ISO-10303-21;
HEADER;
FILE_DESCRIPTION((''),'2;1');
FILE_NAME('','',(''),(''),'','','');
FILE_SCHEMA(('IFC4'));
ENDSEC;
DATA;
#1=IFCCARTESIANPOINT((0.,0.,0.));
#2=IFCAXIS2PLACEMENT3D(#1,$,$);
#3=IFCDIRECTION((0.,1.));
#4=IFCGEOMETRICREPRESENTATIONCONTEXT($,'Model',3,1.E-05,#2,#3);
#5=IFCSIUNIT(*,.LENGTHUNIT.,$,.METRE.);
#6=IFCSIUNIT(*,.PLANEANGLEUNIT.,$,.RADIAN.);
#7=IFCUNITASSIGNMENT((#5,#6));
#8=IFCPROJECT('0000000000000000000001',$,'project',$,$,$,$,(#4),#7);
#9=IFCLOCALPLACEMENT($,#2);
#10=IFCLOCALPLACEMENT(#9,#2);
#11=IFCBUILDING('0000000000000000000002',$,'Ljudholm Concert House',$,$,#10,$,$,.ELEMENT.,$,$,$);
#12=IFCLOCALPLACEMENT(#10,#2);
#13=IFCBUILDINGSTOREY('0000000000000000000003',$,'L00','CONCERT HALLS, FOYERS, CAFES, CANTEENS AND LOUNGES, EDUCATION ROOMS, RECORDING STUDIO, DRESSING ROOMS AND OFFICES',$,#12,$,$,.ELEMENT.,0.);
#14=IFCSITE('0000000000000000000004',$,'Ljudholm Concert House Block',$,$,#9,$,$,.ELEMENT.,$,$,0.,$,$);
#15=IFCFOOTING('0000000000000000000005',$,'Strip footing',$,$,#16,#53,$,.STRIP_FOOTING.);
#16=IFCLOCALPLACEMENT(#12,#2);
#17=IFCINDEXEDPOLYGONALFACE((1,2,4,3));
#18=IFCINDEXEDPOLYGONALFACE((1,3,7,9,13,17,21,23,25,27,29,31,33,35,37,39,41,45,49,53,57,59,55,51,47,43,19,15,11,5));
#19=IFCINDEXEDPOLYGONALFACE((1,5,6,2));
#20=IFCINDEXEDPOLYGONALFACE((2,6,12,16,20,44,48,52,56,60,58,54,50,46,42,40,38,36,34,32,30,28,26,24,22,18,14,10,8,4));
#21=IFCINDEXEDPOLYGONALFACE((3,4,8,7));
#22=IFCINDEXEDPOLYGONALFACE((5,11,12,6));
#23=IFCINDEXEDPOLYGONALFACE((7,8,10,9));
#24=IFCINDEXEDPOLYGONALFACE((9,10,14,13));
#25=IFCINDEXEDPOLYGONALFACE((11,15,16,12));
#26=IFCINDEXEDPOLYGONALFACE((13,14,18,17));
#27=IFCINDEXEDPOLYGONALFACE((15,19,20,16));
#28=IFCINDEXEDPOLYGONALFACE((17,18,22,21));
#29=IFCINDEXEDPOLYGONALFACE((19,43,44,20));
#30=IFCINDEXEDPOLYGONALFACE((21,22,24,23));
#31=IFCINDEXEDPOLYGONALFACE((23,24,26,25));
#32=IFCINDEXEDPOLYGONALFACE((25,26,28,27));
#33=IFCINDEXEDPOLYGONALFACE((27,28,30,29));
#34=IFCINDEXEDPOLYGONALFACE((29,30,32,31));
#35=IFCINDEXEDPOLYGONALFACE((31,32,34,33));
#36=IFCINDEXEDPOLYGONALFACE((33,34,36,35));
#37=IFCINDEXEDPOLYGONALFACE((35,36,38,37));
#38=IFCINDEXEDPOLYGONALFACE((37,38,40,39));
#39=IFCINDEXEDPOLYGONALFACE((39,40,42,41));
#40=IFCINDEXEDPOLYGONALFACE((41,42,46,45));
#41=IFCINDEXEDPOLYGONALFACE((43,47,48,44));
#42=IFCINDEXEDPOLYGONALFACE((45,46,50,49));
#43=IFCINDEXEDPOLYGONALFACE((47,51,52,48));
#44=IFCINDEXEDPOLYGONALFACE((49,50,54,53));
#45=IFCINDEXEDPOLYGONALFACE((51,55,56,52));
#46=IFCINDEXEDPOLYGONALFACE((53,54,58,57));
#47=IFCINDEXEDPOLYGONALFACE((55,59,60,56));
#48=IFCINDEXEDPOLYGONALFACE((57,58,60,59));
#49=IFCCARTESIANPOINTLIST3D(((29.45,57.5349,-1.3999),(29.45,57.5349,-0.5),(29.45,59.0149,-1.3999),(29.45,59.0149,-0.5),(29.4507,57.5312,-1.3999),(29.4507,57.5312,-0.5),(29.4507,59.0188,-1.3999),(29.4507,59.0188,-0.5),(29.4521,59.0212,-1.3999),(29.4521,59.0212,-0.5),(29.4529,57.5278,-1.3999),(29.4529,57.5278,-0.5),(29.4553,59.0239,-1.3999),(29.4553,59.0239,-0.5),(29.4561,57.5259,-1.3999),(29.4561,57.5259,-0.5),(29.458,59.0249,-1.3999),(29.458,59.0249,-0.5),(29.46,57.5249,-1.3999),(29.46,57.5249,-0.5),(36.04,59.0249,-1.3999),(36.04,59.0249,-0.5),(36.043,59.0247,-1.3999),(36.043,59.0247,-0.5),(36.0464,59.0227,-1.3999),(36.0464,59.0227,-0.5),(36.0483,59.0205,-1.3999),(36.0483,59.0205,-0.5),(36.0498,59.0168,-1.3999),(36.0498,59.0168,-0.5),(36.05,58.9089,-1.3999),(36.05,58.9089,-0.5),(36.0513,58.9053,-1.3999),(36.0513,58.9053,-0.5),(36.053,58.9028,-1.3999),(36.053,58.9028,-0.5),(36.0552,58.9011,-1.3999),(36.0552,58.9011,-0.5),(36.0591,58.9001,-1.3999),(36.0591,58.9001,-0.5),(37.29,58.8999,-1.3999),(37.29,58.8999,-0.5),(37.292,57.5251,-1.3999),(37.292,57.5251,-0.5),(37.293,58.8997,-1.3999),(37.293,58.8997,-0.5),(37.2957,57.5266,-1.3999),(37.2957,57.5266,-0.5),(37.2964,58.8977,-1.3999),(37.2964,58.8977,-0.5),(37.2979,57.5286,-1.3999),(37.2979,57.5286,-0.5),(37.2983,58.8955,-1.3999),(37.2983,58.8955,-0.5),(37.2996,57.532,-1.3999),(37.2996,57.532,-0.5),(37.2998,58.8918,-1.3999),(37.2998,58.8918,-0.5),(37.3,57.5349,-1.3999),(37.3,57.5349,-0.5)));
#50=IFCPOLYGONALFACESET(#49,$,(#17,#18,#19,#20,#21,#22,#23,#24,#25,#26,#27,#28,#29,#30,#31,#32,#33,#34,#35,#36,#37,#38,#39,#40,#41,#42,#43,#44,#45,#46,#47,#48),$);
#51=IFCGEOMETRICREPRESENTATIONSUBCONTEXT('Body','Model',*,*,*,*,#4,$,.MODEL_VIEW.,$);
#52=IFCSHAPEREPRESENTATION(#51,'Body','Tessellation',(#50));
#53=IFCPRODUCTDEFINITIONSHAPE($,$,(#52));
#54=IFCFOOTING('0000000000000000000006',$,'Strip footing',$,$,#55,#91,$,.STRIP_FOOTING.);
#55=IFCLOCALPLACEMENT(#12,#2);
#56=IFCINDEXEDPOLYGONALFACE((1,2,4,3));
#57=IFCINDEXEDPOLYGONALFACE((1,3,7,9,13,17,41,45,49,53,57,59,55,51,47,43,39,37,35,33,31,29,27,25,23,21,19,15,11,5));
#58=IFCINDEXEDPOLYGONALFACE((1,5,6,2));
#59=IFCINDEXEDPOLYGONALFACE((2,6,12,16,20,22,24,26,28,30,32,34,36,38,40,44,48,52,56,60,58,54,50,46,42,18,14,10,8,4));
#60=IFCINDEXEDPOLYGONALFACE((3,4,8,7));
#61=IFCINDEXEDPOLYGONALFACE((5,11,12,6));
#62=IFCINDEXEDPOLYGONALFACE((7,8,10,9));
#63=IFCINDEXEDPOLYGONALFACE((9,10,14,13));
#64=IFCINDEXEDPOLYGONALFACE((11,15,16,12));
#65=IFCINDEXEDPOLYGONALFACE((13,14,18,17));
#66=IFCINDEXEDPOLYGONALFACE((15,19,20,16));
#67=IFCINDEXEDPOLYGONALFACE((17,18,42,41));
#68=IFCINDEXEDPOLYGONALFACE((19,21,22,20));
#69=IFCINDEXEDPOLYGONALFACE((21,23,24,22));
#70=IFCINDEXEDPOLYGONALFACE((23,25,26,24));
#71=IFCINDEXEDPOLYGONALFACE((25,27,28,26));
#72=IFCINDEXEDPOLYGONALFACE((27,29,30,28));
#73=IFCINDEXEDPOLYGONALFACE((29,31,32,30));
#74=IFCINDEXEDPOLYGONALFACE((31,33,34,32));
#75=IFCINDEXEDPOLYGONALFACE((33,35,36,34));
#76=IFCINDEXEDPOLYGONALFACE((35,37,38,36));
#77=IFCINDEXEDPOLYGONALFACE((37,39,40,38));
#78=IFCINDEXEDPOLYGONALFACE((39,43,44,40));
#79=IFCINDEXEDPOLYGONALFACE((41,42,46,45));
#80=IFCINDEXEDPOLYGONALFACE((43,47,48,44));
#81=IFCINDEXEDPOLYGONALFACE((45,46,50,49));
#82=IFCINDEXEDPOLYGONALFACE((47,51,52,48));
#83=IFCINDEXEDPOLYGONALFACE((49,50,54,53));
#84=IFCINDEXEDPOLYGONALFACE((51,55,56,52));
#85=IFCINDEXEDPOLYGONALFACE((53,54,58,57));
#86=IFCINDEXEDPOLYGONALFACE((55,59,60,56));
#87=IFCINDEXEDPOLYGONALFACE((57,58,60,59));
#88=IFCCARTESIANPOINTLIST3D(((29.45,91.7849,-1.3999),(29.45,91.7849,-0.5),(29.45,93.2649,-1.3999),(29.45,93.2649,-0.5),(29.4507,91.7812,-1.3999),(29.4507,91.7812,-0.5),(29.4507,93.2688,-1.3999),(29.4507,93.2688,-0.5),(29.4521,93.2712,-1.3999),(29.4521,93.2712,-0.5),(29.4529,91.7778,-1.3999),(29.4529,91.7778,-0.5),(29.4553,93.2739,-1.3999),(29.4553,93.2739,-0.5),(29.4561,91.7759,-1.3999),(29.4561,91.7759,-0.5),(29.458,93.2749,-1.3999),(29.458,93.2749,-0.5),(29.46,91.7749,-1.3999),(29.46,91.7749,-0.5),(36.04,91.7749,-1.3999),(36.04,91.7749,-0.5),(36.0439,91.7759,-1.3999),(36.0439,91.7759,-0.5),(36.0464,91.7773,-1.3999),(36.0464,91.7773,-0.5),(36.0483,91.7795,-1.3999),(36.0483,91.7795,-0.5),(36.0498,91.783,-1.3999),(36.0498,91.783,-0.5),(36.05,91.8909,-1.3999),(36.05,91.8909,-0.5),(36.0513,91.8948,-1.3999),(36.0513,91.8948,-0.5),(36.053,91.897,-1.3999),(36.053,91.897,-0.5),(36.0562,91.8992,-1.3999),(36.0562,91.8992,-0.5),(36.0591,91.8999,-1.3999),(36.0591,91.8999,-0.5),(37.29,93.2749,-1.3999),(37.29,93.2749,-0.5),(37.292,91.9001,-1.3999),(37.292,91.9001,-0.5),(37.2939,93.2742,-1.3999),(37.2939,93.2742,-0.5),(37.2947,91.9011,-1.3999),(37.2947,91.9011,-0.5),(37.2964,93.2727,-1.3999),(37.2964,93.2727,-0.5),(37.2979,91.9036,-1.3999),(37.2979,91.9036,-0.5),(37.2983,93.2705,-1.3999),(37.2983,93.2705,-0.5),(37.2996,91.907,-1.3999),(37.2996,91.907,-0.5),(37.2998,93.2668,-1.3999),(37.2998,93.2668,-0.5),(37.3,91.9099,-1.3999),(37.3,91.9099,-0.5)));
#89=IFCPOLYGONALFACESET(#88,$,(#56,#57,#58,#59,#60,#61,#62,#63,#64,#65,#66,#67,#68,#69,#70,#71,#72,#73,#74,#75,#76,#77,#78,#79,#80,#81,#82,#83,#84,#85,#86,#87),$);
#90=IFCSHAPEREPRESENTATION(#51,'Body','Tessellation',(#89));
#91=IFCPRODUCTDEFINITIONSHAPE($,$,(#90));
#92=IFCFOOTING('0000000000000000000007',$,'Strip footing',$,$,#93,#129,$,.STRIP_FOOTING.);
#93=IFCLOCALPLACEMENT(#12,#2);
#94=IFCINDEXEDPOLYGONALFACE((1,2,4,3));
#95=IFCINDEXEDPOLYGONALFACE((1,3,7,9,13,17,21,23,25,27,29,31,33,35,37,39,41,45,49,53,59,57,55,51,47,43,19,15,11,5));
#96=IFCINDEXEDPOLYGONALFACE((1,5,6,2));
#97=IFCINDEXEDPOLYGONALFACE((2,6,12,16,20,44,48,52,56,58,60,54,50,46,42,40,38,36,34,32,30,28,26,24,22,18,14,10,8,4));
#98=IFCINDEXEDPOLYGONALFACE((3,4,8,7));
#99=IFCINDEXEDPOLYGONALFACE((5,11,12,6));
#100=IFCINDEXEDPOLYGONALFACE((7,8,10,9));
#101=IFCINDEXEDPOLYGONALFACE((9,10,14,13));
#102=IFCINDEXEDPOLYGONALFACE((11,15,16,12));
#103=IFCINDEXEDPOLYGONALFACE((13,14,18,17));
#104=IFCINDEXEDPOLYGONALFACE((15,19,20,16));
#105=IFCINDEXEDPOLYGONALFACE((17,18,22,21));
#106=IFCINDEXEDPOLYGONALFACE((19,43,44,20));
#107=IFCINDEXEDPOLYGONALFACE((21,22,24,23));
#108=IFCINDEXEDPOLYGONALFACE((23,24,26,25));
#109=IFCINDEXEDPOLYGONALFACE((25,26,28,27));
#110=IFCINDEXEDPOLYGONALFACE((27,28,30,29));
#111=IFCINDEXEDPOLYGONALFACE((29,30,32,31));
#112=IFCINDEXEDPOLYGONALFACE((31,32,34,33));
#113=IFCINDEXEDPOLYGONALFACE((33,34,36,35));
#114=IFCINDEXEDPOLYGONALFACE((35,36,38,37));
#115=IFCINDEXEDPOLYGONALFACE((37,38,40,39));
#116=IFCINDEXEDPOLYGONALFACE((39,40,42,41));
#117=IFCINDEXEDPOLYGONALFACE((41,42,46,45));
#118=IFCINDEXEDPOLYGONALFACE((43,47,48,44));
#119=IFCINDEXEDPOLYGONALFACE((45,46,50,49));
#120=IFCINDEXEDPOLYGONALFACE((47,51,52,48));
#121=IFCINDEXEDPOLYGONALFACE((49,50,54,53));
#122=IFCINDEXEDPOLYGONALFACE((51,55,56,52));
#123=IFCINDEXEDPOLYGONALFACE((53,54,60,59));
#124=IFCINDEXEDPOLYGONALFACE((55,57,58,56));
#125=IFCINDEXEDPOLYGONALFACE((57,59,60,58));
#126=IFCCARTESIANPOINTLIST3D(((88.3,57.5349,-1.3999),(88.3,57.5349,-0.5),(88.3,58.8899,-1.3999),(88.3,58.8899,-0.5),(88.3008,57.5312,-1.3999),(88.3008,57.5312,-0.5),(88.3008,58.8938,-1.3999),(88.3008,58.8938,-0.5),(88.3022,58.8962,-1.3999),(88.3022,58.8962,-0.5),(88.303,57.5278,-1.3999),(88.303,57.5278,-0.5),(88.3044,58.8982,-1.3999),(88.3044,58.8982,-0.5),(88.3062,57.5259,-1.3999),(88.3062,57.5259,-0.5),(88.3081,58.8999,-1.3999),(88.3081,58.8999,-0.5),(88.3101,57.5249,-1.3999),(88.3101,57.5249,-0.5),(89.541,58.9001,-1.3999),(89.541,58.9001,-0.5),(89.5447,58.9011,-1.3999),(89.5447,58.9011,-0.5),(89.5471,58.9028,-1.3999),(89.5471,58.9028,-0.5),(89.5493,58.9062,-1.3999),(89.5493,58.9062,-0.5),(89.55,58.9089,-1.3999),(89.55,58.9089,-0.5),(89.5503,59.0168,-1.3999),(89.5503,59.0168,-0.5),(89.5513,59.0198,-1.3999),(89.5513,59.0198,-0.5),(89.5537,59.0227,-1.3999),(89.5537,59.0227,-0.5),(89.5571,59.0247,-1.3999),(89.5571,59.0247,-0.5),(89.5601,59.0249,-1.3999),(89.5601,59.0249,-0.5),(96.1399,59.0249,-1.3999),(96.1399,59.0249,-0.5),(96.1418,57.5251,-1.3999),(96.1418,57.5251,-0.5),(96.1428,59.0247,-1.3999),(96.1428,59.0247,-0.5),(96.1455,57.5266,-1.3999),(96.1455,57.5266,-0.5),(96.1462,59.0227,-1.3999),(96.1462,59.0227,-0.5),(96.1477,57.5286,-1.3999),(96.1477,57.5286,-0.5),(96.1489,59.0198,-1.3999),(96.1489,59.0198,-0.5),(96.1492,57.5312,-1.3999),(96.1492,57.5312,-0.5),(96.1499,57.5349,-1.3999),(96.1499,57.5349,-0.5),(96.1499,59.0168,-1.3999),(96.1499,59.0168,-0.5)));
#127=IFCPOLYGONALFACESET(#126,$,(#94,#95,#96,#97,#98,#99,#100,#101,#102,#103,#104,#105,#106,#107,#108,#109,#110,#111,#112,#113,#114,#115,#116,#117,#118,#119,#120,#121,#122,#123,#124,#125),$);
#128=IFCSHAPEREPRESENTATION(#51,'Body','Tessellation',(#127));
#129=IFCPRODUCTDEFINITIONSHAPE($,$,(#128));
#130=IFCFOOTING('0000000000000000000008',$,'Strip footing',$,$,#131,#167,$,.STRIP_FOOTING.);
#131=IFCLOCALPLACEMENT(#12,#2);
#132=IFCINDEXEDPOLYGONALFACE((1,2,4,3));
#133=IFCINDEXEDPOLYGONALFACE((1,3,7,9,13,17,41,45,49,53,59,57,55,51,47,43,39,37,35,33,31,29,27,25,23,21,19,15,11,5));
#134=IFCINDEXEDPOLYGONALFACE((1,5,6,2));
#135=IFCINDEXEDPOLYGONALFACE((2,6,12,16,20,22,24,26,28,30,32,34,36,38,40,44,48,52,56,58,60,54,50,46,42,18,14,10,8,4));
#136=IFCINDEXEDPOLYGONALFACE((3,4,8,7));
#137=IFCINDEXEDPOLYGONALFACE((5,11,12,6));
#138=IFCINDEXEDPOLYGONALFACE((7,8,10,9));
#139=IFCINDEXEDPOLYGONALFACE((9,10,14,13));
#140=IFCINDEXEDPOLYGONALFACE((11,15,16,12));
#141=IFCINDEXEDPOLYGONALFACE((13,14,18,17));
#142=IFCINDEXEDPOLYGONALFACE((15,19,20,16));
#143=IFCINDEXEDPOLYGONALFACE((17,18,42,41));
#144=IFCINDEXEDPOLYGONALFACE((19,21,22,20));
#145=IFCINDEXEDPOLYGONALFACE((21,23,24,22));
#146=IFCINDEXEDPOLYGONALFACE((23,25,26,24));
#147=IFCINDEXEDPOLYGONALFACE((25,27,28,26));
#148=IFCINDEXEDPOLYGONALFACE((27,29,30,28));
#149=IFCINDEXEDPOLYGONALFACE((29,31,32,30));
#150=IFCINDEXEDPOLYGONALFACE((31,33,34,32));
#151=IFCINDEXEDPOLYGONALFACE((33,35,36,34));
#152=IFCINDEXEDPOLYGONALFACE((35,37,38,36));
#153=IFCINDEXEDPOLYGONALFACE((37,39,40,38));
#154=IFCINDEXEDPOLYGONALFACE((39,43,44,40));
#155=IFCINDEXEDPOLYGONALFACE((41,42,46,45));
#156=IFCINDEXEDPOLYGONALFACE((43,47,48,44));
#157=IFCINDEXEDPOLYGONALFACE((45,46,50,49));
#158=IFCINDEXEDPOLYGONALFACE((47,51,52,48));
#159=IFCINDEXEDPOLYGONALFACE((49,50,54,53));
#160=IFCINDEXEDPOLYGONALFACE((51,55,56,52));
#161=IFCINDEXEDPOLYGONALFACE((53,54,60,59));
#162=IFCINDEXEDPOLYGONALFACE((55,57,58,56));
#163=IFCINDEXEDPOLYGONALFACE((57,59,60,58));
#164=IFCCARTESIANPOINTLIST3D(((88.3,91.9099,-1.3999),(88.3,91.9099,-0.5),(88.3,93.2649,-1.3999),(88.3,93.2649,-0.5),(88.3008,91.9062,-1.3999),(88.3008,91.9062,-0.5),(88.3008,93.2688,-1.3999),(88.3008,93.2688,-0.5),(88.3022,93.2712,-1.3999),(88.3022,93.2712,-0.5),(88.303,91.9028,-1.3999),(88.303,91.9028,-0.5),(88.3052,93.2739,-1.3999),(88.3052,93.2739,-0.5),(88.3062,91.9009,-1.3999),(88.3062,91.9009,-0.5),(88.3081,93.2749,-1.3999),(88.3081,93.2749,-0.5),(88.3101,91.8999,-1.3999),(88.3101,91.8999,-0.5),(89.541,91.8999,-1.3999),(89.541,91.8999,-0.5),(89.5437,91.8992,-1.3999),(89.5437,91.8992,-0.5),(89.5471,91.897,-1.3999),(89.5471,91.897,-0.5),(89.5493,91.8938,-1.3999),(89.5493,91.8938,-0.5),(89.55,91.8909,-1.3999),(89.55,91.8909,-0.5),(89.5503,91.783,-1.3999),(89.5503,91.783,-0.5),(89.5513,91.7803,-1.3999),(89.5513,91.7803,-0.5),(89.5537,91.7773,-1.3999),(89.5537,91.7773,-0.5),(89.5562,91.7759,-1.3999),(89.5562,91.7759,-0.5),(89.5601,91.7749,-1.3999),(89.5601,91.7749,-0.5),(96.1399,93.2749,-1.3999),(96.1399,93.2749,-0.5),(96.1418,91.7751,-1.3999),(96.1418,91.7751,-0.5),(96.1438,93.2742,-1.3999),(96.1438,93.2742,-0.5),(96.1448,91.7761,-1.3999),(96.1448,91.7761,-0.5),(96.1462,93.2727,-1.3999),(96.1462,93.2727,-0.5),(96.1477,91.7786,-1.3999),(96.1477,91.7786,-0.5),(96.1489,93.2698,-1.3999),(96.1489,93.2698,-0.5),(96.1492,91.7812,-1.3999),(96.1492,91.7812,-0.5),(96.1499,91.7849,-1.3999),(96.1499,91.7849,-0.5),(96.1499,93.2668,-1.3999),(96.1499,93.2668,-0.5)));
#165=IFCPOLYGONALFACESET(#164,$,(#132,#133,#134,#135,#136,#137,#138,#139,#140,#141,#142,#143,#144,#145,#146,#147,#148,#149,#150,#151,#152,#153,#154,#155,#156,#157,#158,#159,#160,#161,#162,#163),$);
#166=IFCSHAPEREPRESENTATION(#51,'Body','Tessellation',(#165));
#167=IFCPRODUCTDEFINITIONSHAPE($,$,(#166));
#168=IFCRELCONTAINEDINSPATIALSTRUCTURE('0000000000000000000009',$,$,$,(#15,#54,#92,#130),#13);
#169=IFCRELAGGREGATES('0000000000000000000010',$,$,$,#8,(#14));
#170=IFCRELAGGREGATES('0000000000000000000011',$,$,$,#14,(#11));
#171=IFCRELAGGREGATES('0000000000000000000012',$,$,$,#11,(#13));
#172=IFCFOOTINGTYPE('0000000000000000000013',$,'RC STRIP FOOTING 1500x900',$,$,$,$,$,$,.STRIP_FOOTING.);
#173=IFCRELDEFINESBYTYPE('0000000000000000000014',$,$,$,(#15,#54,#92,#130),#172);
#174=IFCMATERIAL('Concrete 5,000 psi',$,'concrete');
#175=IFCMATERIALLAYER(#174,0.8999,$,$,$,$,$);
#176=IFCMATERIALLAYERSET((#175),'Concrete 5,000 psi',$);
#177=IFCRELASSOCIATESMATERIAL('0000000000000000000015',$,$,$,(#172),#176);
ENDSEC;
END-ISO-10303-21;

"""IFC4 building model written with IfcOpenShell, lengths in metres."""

from ifc_helpers import new_model, si_unit, direction, frame, origin, place, context, subcontext, project, spatial, polyline, outline, extrude, material, layer, layer_set, type_object, element, save


model = new_model("IFC4")

# Units and contexts
model_context = context("Model", 3, precision=1e-05, world=origin(), true_north=direction((0.0, 1.0)))
body_context = subcontext(model_context, "Body", "Model", "MODEL_VIEW")
ifc_project = project(units=[si_unit("LENGTHUNIT", "METRE"), si_unit("PLANEANGLEUNIT", "RADIAN")], contexts=[model_context])

# Site, building, storey
site_placement = place(None, origin())
site = spatial("IfcSite", under=ifc_project, at=site_placement, Name="Ljudholm Concert House Block", CompositionType="ELEMENT", RefElevation=0.0)
building_placement = place(site_placement, origin())
building = spatial("IfcBuilding", under=site, at=building_placement, Name="Ljudholm Concert House", CompositionType="ELEMENT")
storey_placement = place(building_placement, origin())
storey = spatial("IfcBuildingStorey", under=building, at=storey_placement, Name="L00", Description="CONCERT HALLS, FOYERS, CAFES, CANTEENS AND LOUNGES, EDUCATION ROOMS, RECORDING STUDIO, DRESSING ROOMS AND OFFICES", CompositionType="ELEMENT", Elevation=0.0)

# Footings
ifc_material_1 = material(Name="Concrete 5,000 psi", Category="concrete")
ifc_layer_1 = layer(ifc_material_1, 0.8999)
ifc_layer_set_1 = layer_set([ifc_layer_1], Name="Concrete 5,000 psi")
footing_type_1 = type_object("IfcFootingType", Name="RC STRIP FOOTING 1500x900", PredefinedType="STRIP_FOOTING", material=ifc_layer_set_1)
footing_1_placement = place(storey_placement, frame((0.0, 0.0, -1.3999)))
element("IfcFooting", 1, at=footing_1_placement, inside=storey, type_object=footing_type_1, Name="Strip footing", PredefinedType="STRIP_FOOTING", context=body_context, shape_type="SweptSolid", body=[
    extrude(outline(polyline([(29.46, 57.5249), (37.292, 57.5251), (37.2957, 57.5266), (37.2979, 57.5286), (37.2996, 57.532), (37.3, 57.5349), (37.2998, 58.8918), (37.2983, 58.8955), (37.2964, 58.8977), (37.293, 58.8997), (37.29, 58.8999), (36.0591, 58.9001), (36.0552, 58.9011), (36.053, 58.9028), (36.0513, 58.9053), (36.05, 58.9089), (36.0498, 59.0168), (36.0483, 59.0205), (36.0464, 59.0227), (36.043, 59.0247), (36.04, 59.0249), (29.458, 59.0249), (29.4553, 59.0239), (29.4521, 59.0212), (29.4507, 59.0188), (29.45, 59.0149), (29.45, 57.5349), (29.4507, 57.5312), (29.4529, 57.5278), (29.4561, 57.5259), (29.46, 57.5249)])), origin(), (0.0, 0.0, 1.0), 0.8999),
])
footing_2_placement = place(storey_placement, frame((0.0, 0.0, -1.3999)))
element("IfcFooting", 2, at=footing_2_placement, inside=storey, type_object=footing_type_1, Name="Strip footing", PredefinedType="STRIP_FOOTING", context=body_context, shape_type="SweptSolid", body=[
    extrude(outline(polyline([(29.46, 91.7749), (36.04, 91.7749), (36.0439, 91.7759), (36.0464, 91.7773), (36.0483, 91.7795), (36.0498, 91.783), (36.05, 91.8909), (36.0513, 91.8948), (36.053, 91.897), (36.0562, 91.8992), (36.0591, 91.8999), (37.292, 91.9001), (37.2947, 91.9011), (37.2979, 91.9036), (37.2996, 91.907), (37.3, 91.9099), (37.2998, 93.2668), (37.2983, 93.2705), (37.2964, 93.2727), (37.2939, 93.2742), (37.29, 93.2749), (29.458, 93.2749), (29.4553, 93.2739), (29.4521, 93.2712), (29.4507, 93.2688), (29.45, 93.2649), (29.45, 91.7849), (29.4507, 91.7812), (29.4529, 91.7778), (29.4561, 91.7759), (29.46, 91.7749)])), origin(), (0.0, 0.0, 1.0), 0.8999),
])
footing_3_placement = place(storey_placement, frame((0.0, 0.0, -1.3999)))
element("IfcFooting", 3, at=footing_3_placement, inside=storey, type_object=footing_type_1, Name="Strip footing", PredefinedType="STRIP_FOOTING", context=body_context, shape_type="SweptSolid", body=[
    extrude(outline(polyline([(88.3101, 57.5249), (96.1418, 57.5251), (96.1455, 57.5266), (96.1477, 57.5286), (96.1492, 57.5312), (96.1499, 57.5349), (96.1499, 59.0168), (96.1489, 59.0198), (96.1462, 59.0227), (96.1428, 59.0247), (96.1399, 59.0249), (89.5601, 59.0249), (89.5571, 59.0247), (89.5537, 59.0227), (89.5513, 59.0198), (89.5503, 59.0168), (89.55, 58.9089), (89.5493, 58.9062), (89.5471, 58.9028), (89.5447, 58.9011), (89.541, 58.9001), (88.3081, 58.8999), (88.3044, 58.8982), (88.3022, 58.8962), (88.3008, 58.8938), (88.3, 58.8899), (88.3, 57.5349), (88.3008, 57.5312), (88.303, 57.5278), (88.3062, 57.5259), (88.3101, 57.5249)])), origin(), (0.0, 0.0, 1.0), 0.8999),
])
footing_4_placement = place(storey_placement, frame((0.0, 0.0, -1.3999)))
element("IfcFooting", 4, at=footing_4_placement, inside=storey, type_object=footing_type_1, Name="Strip footing", PredefinedType="STRIP_FOOTING", context=body_context, shape_type="SweptSolid", body=[
    extrude(outline(polyline([(88.3101, 91.8999), (89.541, 91.8999), (89.5437, 91.8992), (89.5471, 91.897), (89.5493, 91.8938), (89.55, 91.8909), (89.5503, 91.783), (89.5513, 91.7803), (89.5537, 91.7773), (89.5562, 91.7759), (89.5601, 91.7749), (96.1418, 91.7751), (96.1448, 91.7761), (96.1477, 91.7786), (96.1492, 91.7812), (96.1499, 91.7849), (96.1499, 93.2668), (96.1489, 93.2698), (96.1462, 93.2727), (96.1438, 93.2742), (96.1399, 93.2749), (88.3081, 93.2749), (88.3052, 93.2739), (88.3022, 93.2712), (88.3008, 93.2688), (88.3, 93.2649), (88.3, 91.9099), (88.3008, 91.9062), (88.303, 91.9028), (88.3062, 91.9009), (88.3101, 91.8999)])), origin(), (0.0, 0.0, 1.0), 0.8999),
])

save(model, "model.ifc")
